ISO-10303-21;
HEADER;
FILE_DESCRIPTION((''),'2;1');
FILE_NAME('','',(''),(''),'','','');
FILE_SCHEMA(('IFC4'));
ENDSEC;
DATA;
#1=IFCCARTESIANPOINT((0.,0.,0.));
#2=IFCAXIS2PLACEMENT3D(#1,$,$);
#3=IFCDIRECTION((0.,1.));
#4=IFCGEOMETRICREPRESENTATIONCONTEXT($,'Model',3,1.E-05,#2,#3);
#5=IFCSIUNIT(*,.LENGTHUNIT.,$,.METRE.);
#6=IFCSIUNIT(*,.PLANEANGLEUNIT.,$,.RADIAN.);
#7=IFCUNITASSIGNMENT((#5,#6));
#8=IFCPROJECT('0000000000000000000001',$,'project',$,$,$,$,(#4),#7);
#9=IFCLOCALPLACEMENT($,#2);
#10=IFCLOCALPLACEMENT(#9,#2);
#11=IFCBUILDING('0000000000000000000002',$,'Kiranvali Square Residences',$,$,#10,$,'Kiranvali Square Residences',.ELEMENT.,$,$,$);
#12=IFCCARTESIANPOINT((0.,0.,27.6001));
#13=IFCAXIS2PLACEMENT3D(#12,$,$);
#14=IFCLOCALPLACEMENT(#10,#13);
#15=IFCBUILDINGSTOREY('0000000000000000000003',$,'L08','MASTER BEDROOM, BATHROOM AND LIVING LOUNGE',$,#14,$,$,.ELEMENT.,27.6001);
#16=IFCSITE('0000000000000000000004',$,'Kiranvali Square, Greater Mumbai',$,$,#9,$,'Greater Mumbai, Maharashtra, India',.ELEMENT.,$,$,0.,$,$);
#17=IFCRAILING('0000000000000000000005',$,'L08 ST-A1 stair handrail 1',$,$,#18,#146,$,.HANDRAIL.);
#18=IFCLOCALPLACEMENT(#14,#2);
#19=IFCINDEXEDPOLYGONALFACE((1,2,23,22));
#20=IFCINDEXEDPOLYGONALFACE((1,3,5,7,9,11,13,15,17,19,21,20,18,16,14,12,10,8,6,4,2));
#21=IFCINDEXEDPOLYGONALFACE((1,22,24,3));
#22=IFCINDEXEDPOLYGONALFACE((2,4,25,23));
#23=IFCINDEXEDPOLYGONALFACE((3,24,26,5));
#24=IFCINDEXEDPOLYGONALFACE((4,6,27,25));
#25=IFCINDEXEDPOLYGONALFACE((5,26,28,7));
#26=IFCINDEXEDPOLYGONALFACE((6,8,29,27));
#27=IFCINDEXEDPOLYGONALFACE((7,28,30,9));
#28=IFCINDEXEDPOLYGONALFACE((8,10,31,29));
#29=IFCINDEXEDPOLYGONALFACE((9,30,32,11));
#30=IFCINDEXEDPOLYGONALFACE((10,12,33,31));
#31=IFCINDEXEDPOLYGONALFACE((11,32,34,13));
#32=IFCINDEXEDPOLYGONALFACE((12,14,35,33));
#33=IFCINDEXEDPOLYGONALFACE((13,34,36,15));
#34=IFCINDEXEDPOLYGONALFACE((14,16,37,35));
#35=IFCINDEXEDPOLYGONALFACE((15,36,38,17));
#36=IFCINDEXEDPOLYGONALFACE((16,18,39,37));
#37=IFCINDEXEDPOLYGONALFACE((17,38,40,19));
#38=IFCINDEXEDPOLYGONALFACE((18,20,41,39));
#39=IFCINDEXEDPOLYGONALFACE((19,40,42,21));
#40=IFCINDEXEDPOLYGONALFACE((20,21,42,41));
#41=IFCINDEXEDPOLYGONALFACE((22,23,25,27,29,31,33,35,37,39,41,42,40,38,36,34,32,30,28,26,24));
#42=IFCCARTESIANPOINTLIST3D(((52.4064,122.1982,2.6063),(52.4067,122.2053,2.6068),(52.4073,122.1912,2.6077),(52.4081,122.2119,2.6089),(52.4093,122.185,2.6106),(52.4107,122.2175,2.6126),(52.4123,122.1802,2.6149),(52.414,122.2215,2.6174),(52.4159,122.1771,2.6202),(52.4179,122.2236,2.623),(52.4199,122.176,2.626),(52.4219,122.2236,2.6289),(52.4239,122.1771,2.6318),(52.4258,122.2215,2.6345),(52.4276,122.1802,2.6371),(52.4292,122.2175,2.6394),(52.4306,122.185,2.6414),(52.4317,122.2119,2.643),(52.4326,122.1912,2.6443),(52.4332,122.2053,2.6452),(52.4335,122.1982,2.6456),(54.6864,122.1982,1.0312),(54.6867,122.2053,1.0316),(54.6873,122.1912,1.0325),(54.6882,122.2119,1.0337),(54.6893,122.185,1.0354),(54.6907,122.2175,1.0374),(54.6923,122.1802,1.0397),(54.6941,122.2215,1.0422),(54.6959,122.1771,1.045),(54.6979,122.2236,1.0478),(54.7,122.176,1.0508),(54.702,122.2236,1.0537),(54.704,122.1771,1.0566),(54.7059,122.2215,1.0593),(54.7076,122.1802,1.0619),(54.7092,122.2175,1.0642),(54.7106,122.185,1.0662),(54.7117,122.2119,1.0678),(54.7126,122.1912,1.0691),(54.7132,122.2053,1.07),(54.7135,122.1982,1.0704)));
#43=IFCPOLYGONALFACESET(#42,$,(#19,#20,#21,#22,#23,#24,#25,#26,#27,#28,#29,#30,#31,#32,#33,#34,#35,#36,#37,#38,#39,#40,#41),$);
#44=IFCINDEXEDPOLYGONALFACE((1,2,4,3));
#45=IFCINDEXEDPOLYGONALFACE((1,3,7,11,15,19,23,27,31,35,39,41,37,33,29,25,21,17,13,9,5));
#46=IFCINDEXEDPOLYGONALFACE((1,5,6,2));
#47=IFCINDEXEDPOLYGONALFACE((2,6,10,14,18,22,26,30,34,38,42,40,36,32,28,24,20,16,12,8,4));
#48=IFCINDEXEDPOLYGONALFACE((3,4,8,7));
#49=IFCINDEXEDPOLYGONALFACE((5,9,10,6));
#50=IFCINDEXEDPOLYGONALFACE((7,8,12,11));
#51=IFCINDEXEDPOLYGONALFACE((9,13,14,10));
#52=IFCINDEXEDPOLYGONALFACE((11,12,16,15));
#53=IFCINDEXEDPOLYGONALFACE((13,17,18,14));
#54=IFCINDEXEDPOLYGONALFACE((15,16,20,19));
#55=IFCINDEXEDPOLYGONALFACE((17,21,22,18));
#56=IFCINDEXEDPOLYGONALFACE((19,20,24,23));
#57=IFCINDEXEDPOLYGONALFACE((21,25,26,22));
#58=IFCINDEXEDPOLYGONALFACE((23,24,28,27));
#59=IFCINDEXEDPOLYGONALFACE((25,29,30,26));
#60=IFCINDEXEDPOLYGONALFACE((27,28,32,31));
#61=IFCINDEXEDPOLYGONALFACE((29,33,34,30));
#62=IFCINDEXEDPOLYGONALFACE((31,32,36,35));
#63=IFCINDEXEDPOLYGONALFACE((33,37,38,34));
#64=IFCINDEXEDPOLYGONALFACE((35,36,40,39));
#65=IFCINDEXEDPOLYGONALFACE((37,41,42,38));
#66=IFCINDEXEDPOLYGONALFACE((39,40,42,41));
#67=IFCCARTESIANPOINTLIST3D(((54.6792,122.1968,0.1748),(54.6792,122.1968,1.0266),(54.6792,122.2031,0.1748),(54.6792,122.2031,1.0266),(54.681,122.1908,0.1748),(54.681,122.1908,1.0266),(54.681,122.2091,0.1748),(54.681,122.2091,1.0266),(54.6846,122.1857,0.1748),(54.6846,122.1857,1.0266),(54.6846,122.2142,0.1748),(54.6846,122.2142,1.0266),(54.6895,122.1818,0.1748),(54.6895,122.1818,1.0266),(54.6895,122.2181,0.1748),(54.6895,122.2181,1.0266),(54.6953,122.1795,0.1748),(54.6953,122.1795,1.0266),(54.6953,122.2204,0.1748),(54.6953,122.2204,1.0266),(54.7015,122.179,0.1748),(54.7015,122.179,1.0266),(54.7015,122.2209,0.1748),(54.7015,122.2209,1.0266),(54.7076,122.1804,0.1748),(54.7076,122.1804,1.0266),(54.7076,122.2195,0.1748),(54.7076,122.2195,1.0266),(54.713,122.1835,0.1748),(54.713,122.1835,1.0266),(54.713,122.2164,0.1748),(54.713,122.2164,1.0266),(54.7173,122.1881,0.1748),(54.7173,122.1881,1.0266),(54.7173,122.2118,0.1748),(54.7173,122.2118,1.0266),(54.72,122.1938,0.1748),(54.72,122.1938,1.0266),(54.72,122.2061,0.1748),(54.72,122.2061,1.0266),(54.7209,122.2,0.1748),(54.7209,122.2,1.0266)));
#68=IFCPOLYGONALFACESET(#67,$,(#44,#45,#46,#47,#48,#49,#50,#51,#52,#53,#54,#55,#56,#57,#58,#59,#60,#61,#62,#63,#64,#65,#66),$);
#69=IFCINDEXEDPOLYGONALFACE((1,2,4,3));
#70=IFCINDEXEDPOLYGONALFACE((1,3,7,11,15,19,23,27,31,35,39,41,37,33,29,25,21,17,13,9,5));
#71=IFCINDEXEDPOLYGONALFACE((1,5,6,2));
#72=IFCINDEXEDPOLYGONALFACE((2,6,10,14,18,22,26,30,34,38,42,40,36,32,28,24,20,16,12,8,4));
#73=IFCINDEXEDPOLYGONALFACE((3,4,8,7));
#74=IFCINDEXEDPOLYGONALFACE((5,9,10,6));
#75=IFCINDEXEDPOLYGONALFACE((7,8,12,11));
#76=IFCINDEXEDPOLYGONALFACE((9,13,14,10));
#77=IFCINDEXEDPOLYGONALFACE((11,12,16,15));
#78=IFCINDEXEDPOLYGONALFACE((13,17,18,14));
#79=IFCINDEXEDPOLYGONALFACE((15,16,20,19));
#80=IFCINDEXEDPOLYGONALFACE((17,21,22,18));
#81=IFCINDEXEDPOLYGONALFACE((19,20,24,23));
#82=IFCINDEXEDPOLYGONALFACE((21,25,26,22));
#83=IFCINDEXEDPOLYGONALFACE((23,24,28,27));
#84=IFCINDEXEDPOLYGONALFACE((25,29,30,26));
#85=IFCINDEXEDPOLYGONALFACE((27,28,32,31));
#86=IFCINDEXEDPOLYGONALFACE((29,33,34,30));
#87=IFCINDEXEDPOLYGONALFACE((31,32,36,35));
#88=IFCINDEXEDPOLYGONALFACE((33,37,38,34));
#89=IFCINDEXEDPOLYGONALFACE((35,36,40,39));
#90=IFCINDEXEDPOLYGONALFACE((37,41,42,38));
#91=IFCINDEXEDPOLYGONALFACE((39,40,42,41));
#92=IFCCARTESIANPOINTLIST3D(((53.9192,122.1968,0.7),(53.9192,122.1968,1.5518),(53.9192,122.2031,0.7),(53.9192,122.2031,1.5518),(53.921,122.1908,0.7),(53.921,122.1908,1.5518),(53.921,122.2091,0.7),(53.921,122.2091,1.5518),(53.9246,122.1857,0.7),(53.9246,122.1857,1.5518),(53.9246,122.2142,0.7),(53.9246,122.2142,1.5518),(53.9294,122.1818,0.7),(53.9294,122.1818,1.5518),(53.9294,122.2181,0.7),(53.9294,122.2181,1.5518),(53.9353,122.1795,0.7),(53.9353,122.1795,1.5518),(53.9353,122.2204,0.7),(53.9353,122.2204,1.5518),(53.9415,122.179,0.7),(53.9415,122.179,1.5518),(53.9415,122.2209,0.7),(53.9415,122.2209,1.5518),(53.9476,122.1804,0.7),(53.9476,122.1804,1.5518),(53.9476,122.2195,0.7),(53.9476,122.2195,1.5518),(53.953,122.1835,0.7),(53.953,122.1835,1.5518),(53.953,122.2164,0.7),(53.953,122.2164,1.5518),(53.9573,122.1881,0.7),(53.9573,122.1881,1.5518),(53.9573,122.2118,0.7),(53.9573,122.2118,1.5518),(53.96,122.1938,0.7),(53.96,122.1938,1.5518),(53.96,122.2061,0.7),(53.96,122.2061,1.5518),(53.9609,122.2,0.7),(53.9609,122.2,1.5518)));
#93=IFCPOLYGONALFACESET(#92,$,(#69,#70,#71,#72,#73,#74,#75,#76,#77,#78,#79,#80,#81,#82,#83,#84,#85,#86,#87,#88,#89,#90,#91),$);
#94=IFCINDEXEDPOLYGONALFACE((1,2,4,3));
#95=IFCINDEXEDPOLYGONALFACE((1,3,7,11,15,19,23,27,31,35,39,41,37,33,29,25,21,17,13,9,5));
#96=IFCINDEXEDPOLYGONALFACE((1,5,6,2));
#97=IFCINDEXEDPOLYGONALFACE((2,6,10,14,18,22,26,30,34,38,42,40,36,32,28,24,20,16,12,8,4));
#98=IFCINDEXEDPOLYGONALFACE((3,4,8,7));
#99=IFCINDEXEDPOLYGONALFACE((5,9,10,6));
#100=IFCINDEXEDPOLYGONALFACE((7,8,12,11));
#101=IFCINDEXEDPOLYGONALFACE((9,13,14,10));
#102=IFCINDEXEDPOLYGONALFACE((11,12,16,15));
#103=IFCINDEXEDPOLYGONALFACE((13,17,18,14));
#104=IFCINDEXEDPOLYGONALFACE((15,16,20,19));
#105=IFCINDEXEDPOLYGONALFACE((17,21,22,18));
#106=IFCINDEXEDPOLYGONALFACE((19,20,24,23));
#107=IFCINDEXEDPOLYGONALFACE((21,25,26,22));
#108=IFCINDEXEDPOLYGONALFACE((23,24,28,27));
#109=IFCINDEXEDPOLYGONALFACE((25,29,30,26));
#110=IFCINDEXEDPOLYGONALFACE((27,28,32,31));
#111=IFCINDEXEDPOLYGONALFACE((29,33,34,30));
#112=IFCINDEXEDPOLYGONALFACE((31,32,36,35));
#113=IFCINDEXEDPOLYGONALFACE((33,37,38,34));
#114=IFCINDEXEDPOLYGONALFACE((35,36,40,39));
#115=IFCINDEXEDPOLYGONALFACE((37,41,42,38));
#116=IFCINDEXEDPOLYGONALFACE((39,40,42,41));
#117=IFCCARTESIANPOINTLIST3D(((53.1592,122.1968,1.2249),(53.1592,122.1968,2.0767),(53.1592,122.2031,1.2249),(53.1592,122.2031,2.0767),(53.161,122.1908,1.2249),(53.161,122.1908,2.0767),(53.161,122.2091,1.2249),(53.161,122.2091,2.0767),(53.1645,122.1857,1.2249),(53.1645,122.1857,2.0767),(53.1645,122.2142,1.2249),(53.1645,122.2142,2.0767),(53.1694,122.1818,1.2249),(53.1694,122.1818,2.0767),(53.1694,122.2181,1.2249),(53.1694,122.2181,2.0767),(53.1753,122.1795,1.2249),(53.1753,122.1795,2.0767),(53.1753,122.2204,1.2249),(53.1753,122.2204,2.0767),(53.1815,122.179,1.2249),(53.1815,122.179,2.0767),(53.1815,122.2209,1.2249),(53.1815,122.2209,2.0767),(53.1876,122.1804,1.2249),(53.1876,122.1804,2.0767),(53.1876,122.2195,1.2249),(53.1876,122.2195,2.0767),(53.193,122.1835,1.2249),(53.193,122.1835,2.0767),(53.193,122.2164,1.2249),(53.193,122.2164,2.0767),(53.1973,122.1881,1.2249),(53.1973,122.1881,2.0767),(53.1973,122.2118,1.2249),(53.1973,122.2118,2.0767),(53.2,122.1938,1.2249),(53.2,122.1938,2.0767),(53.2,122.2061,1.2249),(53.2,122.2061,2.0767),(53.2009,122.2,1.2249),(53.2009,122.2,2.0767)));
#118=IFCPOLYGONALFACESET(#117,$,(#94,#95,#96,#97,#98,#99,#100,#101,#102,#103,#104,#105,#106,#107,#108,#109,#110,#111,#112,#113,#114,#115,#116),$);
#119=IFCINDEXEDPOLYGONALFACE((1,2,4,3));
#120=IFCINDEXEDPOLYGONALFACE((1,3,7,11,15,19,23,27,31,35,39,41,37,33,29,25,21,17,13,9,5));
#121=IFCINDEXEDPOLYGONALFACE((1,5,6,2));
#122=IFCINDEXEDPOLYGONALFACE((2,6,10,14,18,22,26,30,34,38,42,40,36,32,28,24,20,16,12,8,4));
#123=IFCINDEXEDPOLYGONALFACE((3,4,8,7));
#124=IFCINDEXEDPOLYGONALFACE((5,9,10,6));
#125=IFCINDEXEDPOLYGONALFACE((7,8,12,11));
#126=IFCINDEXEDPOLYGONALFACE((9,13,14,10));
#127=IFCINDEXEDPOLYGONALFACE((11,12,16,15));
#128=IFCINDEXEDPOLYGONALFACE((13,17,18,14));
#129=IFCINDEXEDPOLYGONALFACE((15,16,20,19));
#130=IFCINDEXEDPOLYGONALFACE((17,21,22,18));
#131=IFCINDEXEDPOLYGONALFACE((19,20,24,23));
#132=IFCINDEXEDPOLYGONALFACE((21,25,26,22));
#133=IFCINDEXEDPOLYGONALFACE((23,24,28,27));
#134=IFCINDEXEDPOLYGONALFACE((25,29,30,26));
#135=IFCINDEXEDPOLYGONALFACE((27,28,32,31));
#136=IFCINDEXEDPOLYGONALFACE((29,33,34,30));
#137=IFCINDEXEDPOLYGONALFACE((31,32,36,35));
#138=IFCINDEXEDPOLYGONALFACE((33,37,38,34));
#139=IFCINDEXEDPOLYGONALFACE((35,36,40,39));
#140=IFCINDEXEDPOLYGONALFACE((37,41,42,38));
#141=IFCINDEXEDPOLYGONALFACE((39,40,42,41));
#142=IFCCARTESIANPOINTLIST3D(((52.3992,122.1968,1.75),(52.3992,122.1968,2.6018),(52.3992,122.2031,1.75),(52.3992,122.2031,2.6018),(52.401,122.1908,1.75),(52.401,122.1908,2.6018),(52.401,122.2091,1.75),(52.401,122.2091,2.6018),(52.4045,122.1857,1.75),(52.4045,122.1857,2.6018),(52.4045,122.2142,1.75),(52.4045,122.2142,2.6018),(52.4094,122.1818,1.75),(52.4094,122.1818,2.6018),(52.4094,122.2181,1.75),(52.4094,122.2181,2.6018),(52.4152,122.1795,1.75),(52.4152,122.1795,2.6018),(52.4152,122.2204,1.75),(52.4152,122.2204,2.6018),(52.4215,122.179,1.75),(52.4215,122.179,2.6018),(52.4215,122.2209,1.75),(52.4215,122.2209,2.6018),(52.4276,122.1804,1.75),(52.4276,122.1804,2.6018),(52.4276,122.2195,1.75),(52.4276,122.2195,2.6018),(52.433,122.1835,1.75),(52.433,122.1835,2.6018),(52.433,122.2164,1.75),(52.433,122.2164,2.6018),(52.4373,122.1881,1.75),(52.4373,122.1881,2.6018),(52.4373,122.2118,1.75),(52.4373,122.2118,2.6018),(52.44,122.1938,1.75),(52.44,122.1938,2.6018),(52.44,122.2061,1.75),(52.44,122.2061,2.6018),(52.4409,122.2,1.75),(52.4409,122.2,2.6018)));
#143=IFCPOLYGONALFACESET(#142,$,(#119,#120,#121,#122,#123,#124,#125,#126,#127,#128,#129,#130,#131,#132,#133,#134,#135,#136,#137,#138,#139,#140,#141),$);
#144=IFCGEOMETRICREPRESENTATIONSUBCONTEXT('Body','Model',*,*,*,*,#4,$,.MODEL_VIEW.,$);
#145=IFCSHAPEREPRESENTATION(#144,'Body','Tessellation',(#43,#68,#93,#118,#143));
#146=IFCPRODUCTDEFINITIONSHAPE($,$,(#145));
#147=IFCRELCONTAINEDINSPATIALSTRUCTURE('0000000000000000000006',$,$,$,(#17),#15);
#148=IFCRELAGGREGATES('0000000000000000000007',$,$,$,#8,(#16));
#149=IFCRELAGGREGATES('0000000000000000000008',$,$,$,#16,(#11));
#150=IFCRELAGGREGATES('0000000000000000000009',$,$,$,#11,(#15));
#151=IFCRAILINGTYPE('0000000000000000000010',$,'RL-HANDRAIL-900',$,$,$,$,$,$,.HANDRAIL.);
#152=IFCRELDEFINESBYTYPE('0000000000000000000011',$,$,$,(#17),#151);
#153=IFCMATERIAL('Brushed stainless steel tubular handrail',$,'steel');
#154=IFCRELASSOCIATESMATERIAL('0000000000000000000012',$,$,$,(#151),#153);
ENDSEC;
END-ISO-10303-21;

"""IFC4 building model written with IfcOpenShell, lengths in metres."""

from ifc_helpers import new_model, si_unit, direction, frame, origin, origin_2d, place, context, subcontext, project, spatial, circle, extrude, material, type_object, element, save


model = new_model("IFC4")

# Units and contexts
model_context = context("Model", 3, precision=1e-05, world=origin(), true_north=direction((0.0, 1.0)))
body_context = subcontext(model_context, "Body", "Model", "MODEL_VIEW")
ifc_project = project(units=[si_unit("LENGTHUNIT", "METRE"), si_unit("PLANEANGLEUNIT", "RADIAN")], contexts=[model_context])

# Site, building, storey
site_placement = place(None, origin())
site = spatial("IfcSite", under=ifc_project, at=site_placement, Name="Kiranvali Square, Greater Mumbai", LongName="Greater Mumbai, Maharashtra, India", CompositionType="ELEMENT", RefElevation=0.0)
building_placement = place(site_placement, origin())
building = spatial("IfcBuilding", under=site, at=building_placement, Name="Kiranvali Square Residences", LongName="Kiranvali Square Residences", CompositionType="ELEMENT")
storey_placement = place(building_placement, frame((0.0, 0.0, 27.6001)))
storey = spatial("IfcBuildingStorey", under=building, at=storey_placement, Name="L08", Description="MASTER BEDROOM, BATHROOM AND LIVING LOUNGE", CompositionType="ELEMENT", Elevation=27.6001)

# Railing
ifc_material_1 = material(Name="Brushed stainless steel tubular handrail", Category="steel")
railing_type_1 = type_object("IfcRailingType", Name="RL-HANDRAIL-900", PredefinedType="HANDRAIL", material=ifc_material_1)
railing_1_placement = place(storey_placement, frame((54.7, 122.2, 0.1748)))
element("IfcRailing", 1, at=railing_1_placement, inside=storey, type_object=railing_type_1, Name="L08 ST-A1 stair handrail 1", PredefinedType="HANDRAIL", context=body_context, shape_type="SweptSolid", body=[
    extrude(circle(Radius=0.0239, at=origin_2d()), frame((0.0, 0.0, 0.876), z_axis=(-0.822747, 0.0, 0.568408), x_axis=(0.0, -1.0, 0.0)), (0.0, 0.0, 1.0), 2.7712),
    extrude(circle(Radius=0.021, at=origin_2d()), origin(), (0.0, 0.0, 1.0), 0.8518),
    extrude(circle(Radius=0.021, at=origin_2d()), frame((-0.76, 0.0, 0.5251)), (0.0, 0.0, 1.0), 0.8518),
    extrude(circle(Radius=0.021, at=origin_2d()), frame((-1.52, 0.0, 1.05)), (0.0, 0.0, 1.0), 0.8518),
    extrude(circle(Radius=0.021, at=origin_2d()), frame((-2.28, 0.0, 1.5752)), (0.0, 0.0, 1.0), 0.8518),
])

save(model, "model.ifc")
